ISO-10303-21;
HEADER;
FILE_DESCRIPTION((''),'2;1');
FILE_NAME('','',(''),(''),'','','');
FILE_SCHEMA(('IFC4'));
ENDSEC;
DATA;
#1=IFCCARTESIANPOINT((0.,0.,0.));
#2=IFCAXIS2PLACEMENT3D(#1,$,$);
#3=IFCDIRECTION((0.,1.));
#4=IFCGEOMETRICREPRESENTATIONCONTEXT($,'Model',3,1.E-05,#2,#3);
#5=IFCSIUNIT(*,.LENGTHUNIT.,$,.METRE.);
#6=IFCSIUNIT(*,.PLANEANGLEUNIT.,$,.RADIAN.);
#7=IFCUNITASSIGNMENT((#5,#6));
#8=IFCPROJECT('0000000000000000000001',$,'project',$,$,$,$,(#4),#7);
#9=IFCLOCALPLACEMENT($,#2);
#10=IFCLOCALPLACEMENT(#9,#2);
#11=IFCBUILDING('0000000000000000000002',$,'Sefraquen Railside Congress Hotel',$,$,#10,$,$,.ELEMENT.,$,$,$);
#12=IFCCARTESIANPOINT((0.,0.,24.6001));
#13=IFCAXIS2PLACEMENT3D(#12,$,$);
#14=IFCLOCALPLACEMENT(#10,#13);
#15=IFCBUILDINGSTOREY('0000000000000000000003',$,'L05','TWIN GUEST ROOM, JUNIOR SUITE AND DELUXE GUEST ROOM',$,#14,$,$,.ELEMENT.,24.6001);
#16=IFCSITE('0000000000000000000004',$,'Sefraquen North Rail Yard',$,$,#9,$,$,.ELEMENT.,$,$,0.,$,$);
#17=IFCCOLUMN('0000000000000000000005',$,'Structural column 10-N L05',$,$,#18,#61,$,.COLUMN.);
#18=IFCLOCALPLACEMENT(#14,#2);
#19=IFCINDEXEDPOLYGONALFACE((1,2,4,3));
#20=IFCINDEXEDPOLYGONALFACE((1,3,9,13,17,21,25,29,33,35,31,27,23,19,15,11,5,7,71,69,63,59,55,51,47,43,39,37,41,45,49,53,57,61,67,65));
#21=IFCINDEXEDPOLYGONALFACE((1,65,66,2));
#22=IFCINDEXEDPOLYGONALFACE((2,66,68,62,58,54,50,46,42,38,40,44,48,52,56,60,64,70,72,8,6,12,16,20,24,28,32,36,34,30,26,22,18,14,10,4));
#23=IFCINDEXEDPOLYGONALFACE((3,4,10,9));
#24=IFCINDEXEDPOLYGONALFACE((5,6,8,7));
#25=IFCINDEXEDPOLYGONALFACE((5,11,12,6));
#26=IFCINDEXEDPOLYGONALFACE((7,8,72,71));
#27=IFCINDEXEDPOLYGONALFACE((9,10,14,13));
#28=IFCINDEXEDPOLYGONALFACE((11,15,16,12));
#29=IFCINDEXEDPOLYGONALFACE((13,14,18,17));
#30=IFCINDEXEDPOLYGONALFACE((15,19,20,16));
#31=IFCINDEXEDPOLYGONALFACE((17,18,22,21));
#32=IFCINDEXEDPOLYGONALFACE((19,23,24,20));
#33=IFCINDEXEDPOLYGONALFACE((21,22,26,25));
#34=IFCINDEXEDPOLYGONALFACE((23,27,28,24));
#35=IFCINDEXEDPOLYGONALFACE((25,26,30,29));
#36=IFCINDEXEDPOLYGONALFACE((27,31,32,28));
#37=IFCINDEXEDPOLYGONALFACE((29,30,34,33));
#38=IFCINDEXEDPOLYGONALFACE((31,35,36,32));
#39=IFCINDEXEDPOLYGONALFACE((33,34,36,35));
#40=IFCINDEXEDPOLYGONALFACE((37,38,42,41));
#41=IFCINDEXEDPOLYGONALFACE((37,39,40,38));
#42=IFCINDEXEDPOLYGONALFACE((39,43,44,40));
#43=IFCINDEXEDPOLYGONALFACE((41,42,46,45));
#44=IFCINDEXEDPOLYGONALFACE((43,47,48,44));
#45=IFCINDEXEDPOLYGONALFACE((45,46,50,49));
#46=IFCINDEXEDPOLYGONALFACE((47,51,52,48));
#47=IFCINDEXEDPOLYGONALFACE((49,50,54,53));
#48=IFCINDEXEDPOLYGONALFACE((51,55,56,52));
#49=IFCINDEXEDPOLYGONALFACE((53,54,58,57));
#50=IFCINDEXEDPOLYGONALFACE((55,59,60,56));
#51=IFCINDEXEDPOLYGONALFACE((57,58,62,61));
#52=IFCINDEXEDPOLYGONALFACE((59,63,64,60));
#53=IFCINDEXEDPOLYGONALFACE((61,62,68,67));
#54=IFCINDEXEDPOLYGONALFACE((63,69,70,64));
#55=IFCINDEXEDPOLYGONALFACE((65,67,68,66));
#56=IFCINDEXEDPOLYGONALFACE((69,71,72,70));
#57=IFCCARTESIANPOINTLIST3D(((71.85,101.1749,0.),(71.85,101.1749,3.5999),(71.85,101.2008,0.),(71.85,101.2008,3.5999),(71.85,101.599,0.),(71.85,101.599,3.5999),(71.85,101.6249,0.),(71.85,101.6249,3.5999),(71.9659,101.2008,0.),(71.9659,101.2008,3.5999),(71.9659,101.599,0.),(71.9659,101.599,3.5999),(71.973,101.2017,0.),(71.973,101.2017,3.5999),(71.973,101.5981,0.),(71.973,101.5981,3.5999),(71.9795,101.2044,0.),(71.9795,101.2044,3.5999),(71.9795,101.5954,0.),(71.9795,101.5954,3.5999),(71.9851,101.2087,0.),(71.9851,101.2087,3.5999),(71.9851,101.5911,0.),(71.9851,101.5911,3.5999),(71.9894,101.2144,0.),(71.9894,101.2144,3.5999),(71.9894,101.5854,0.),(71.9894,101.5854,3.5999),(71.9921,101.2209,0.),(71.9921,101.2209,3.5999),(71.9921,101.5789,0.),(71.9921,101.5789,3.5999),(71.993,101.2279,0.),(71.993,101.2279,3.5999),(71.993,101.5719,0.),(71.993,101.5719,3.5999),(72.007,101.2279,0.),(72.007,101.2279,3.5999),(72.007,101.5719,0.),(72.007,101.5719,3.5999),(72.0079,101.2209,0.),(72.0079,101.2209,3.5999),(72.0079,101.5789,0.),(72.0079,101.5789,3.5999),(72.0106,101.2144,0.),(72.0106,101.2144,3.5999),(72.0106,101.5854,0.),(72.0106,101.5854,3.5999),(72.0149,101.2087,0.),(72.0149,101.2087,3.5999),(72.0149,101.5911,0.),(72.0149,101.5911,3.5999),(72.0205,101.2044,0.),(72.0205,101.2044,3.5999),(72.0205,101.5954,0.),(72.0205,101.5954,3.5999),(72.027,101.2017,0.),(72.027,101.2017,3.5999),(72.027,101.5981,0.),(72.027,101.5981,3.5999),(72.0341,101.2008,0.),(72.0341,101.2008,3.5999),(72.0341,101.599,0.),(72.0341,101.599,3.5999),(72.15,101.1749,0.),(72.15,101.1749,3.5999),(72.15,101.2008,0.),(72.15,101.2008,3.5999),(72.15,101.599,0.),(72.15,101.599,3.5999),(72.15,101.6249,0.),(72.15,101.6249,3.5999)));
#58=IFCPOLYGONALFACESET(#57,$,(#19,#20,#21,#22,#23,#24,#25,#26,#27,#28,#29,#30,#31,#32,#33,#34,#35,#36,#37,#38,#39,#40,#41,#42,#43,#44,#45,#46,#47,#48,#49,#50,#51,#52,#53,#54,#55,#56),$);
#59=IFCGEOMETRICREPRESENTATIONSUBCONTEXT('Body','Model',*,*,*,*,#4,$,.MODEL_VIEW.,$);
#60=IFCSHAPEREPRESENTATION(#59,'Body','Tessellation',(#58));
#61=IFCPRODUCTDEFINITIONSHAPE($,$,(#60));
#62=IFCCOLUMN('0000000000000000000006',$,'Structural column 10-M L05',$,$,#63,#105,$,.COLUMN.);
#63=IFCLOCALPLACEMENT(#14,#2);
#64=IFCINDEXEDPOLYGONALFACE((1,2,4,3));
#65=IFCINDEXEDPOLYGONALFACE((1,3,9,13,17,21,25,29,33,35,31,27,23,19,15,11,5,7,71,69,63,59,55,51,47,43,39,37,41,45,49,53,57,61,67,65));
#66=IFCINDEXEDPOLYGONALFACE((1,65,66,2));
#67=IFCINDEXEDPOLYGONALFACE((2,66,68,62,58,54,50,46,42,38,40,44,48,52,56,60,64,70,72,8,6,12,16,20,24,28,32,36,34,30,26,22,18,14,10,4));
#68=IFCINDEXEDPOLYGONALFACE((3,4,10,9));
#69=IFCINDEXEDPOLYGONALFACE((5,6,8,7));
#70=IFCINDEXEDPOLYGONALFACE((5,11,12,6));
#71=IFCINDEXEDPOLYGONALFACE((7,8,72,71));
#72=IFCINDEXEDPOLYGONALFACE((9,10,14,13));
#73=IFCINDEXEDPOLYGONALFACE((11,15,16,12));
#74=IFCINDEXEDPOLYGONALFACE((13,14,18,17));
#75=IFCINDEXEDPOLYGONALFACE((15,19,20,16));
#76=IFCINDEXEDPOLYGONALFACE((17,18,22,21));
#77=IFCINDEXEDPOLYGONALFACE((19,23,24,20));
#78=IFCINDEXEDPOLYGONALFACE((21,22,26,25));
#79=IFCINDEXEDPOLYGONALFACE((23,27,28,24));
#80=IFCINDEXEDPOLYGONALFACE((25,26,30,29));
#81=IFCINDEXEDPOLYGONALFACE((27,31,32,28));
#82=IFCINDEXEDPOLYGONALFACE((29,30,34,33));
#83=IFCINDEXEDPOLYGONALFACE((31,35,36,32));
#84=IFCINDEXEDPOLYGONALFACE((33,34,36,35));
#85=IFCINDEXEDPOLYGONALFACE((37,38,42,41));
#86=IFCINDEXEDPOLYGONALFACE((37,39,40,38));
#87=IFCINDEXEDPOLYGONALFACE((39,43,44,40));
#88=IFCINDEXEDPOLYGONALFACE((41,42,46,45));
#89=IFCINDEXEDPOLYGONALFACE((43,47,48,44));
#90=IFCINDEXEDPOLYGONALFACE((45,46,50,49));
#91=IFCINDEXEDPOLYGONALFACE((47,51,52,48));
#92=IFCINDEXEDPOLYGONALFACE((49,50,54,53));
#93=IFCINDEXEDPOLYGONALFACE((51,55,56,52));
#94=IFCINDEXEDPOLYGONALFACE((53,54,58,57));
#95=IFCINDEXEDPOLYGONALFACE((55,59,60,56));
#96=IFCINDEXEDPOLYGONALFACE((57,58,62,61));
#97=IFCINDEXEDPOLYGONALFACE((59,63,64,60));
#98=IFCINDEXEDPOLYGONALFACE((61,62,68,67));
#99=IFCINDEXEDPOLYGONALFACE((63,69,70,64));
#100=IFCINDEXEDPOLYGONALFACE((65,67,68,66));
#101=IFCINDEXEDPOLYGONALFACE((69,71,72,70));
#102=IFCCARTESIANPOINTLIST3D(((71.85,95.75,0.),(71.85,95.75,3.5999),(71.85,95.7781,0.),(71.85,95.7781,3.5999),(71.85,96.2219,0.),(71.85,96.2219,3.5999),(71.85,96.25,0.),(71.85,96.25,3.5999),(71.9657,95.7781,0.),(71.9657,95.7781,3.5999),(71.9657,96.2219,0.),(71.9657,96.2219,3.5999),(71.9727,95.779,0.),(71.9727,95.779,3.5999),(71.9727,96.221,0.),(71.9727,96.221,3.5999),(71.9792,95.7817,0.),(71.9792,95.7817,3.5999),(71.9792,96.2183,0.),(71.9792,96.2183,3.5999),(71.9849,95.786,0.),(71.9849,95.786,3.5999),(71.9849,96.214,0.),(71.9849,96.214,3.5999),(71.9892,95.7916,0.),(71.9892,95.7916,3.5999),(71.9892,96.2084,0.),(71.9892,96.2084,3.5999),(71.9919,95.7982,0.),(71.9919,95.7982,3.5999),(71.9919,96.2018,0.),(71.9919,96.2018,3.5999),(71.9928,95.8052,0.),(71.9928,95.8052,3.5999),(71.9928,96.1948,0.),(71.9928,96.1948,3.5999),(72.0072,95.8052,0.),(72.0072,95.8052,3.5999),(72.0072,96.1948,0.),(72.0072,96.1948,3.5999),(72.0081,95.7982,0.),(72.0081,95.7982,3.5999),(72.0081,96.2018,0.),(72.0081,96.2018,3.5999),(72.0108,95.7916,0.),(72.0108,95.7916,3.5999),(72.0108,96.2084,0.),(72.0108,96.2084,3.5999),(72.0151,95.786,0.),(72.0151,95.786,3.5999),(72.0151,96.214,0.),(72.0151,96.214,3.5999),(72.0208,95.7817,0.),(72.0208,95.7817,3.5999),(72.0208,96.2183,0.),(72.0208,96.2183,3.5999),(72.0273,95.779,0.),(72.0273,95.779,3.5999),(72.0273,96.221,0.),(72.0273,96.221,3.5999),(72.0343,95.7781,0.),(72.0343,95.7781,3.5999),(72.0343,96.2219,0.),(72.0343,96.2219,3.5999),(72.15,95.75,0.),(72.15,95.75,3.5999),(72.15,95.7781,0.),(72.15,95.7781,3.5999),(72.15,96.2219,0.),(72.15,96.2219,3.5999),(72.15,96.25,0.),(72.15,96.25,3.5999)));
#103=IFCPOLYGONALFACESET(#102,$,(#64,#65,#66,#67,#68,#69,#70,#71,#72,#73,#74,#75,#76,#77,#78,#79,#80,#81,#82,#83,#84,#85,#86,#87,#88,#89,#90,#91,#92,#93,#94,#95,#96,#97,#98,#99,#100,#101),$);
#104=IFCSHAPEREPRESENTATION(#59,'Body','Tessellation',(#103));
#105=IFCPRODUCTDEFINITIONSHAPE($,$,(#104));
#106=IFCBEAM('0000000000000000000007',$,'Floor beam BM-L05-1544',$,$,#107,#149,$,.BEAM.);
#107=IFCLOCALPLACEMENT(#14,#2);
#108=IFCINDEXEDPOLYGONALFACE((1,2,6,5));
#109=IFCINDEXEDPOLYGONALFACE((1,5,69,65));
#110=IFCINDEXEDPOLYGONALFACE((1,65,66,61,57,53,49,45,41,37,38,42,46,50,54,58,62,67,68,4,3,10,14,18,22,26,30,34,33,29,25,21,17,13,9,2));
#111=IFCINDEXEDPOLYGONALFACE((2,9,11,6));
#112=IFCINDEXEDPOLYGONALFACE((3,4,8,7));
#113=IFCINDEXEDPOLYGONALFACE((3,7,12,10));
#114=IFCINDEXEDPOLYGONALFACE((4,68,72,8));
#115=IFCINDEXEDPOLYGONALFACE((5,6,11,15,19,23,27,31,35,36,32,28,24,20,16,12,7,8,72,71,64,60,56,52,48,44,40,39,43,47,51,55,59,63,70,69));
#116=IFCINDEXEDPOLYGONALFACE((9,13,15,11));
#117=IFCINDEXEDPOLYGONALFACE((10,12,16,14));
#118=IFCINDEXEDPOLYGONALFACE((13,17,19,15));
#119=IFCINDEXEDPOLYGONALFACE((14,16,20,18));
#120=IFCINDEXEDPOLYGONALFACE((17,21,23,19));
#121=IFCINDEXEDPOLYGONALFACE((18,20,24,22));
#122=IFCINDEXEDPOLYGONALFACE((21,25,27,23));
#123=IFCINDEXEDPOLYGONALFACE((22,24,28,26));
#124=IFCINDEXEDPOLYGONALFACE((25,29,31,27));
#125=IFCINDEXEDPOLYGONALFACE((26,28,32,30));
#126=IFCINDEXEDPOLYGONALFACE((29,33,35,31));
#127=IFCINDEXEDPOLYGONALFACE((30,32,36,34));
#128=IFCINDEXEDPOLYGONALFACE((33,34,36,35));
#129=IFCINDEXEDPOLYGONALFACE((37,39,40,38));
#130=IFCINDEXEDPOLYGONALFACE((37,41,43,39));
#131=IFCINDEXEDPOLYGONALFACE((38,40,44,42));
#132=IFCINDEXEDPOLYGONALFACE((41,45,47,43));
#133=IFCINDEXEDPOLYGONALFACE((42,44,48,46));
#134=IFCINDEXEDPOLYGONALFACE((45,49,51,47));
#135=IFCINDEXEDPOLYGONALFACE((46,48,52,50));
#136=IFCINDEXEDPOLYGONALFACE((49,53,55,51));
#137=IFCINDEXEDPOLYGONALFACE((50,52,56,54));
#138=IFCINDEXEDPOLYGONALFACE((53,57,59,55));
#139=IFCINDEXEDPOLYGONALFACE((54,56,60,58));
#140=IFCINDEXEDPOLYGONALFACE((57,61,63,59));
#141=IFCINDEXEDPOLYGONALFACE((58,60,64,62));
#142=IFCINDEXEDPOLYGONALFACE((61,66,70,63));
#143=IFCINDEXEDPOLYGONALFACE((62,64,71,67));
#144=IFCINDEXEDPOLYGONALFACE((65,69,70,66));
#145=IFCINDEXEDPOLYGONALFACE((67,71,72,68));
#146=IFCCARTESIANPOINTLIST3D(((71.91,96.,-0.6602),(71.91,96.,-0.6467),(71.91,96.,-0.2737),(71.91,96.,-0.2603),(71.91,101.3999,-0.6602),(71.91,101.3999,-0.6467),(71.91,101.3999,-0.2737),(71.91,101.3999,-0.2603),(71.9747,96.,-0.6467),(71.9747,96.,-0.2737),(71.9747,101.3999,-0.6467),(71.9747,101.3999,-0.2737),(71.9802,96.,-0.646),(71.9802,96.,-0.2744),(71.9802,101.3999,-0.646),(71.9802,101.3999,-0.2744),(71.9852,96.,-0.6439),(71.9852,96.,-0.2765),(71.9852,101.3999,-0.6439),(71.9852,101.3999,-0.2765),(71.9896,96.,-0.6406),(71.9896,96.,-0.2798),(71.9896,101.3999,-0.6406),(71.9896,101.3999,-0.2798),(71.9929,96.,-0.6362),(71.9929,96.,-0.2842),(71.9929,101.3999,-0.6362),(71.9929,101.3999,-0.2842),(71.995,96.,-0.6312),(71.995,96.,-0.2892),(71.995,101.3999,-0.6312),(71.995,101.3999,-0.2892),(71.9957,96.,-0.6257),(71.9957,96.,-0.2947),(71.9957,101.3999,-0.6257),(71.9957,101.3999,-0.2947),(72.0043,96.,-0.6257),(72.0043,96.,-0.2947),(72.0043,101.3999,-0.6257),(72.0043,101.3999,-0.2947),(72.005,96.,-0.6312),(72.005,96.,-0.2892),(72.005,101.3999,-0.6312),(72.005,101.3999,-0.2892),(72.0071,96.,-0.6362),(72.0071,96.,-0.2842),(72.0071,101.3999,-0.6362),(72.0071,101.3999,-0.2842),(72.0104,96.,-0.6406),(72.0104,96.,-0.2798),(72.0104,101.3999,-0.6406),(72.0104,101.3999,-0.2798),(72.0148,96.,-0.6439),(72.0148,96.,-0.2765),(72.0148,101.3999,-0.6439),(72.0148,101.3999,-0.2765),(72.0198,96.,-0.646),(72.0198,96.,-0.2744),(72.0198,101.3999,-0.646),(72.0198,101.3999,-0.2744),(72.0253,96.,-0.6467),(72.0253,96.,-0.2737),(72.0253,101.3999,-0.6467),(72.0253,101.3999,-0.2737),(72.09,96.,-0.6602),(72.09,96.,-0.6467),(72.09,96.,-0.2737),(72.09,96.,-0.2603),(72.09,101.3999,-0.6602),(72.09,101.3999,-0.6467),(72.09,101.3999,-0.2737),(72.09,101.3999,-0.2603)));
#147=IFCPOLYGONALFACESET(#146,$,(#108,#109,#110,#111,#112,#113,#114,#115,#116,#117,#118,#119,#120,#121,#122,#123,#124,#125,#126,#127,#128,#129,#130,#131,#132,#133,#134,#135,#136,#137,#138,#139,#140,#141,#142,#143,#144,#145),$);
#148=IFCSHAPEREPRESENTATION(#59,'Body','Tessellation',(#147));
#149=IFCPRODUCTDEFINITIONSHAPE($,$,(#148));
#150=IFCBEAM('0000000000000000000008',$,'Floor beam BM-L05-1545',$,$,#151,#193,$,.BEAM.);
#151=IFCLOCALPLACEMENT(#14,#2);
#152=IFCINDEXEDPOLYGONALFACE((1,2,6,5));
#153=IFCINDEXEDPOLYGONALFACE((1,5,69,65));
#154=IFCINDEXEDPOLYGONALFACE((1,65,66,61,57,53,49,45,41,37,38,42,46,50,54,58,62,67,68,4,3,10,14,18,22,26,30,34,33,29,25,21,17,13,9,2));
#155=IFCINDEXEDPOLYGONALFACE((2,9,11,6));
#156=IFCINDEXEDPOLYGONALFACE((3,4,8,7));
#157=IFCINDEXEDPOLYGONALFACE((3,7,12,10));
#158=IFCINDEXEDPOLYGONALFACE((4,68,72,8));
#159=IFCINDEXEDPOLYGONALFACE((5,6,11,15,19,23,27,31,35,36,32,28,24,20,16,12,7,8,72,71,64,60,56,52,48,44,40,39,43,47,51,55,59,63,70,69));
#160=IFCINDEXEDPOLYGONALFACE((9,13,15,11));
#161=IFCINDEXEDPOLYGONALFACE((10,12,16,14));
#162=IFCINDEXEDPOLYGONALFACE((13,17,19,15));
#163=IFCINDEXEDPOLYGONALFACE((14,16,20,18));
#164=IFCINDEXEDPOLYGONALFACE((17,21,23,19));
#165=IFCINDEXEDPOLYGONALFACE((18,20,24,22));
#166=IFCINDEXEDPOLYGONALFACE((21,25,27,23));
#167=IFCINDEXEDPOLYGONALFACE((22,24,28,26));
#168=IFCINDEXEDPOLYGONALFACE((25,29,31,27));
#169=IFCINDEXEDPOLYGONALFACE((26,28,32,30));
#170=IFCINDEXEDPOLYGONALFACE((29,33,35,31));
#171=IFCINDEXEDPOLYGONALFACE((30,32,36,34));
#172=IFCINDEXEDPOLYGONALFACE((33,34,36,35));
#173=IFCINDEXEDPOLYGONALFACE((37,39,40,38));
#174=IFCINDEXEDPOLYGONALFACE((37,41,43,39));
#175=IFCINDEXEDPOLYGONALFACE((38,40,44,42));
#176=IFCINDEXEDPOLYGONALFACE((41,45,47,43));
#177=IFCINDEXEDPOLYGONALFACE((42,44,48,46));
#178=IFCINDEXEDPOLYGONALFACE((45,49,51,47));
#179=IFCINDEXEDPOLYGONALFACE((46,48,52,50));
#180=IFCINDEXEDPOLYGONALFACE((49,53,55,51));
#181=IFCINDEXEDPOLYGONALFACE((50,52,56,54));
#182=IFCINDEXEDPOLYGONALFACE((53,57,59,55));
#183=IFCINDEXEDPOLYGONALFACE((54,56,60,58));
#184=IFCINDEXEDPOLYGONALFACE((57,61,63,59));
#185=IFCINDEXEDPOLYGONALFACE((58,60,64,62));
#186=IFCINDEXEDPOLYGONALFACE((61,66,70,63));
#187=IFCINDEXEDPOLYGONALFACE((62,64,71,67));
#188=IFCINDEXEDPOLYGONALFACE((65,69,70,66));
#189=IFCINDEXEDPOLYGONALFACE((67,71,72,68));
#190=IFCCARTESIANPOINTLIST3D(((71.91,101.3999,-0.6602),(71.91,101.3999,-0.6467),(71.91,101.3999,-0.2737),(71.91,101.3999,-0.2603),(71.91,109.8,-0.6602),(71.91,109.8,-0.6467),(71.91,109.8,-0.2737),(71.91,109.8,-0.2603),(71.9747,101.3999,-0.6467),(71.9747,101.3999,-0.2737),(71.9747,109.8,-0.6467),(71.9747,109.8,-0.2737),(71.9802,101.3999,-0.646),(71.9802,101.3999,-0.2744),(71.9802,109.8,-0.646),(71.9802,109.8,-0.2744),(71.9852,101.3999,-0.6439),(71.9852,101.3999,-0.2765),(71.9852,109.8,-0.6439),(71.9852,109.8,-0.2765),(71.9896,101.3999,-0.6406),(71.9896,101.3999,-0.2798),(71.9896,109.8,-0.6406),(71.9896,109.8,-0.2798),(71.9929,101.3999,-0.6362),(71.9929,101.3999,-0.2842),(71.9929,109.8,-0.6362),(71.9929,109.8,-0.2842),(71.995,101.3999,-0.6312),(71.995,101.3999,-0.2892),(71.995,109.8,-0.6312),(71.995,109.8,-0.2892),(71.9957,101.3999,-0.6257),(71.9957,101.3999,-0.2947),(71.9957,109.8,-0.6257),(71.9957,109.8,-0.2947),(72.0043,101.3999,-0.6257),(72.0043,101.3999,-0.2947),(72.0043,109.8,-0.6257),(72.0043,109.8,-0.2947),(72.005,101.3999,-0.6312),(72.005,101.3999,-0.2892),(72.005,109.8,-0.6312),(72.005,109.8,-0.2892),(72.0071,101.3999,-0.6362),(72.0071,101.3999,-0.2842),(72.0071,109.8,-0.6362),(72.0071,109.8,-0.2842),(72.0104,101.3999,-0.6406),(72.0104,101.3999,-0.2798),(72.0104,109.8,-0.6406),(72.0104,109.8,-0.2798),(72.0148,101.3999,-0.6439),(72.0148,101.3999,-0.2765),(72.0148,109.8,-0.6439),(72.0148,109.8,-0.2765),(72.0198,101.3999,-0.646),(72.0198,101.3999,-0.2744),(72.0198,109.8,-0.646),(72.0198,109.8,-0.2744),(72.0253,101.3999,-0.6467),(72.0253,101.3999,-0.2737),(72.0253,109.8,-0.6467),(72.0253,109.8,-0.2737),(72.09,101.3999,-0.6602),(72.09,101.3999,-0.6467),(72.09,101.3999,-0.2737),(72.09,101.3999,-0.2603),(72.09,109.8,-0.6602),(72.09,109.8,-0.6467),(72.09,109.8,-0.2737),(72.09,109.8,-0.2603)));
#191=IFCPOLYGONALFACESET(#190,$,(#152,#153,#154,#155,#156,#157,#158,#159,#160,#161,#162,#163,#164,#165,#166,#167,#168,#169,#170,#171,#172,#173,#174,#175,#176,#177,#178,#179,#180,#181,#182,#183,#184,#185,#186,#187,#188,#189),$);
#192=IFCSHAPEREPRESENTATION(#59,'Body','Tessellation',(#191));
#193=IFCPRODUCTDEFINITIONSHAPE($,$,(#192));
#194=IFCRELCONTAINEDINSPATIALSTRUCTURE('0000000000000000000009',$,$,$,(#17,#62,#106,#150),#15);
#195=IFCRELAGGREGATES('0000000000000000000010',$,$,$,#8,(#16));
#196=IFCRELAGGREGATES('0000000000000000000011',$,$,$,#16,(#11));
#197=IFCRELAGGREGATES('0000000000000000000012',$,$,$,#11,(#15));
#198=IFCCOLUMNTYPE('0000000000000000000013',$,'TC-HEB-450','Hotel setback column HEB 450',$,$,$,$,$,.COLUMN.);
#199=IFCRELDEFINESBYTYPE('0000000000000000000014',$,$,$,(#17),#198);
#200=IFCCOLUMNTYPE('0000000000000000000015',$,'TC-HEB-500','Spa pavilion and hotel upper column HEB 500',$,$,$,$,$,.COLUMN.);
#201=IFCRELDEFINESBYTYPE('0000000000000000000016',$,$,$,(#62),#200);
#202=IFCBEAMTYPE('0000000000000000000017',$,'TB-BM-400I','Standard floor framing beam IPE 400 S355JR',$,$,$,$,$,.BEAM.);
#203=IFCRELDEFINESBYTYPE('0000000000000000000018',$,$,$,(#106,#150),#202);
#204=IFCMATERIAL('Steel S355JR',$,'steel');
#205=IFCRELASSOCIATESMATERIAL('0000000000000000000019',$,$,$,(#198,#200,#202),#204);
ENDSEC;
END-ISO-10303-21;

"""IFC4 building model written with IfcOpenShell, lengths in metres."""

from ifc_helpers import new_model, si_unit, direction, frame, origin, origin_2d, place, context, subcontext, project, spatial, i_section, extrude, material, material_profile, profile_set, type_object, element, save


model = new_model("IFC4")

# Units and contexts
model_context = context("Model", 3, precision=1e-05, world=origin(), true_north=direction((0.0, 1.0)))
body_context = subcontext(model_context, "Body", "Model", "MODEL_VIEW")
ifc_project = project(units=[si_unit("LENGTHUNIT", "METRE"), si_unit("PLANEANGLEUNIT", "RADIAN")], contexts=[model_context])

# Site, building, storey
site_placement = place(None, origin())
site = spatial("IfcSite", under=ifc_project, at=site_placement, Name="Sefraquen North Rail Yard", CompositionType="ELEMENT", RefElevation=0.0)
building_placement = place(site_placement, origin())
building = spatial("IfcBuilding", under=site, at=building_placement, Name="Sefraquen Railside Congress Hotel", CompositionType="ELEMENT")
storey_placement = place(building_placement, frame((0.0, 0.0, 24.6001)))
storey = spatial("IfcBuildingStorey", under=building, at=storey_placement, Name="L05", Description="TWIN GUEST ROOM, JUNIOR SUITE AND DELUXE GUEST ROOM", CompositionType="ELEMENT", Elevation=24.6001)

# Columns
ifc_material_1 = material(Name="Steel S355JR", Category="steel")
ifc_material_profile_1 = material_profile(ifc_material_1, i_section(OverallWidth=0.3, OverallDepth=0.45, WebThickness=0.0139, FlangeThickness=0.0259, FilletRadius=0.0271, at=origin_2d()), Name="HEB 450")
ifc_profile_set_1 = profile_set([ifc_material_profile_1], Name="Steel S355JR")
column_type_1 = type_object("IfcColumnType", Name="TC-HEB-450", Description="Hotel setback column HEB 450", PredefinedType="COLUMN", material=ifc_profile_set_1)
column_1_placement = place(storey_placement, frame((72.0, 101.3999, 0.0), z_axis=(0.0, 0.0, 1.0), x_axis=(1.0, 0.0, 0.0)))
element("IfcColumn", 1, at=column_1_placement, inside=storey, type_object=column_type_1, Name="Structural column 10-N L05", PredefinedType="COLUMN", context=body_context, shape_type="SweptSolid", body=[
    extrude(i_section(OverallWidth=0.3, OverallDepth=0.45, WebThickness=0.0139, FlangeThickness=0.0259, FilletRadius=0.0271, at=origin_2d()), origin(), (0.0, 0.0, 1.0), 3.5999),
])
ifc_material_profile_2 = material_profile(ifc_material_1, i_section(OverallWidth=0.3, OverallDepth=0.5, WebThickness=0.0144, FlangeThickness=0.0281, FilletRadius=0.0271, at=origin_2d()), Name="HEB 500")
ifc_profile_set_2 = profile_set([ifc_material_profile_2], Name="Steel S355JR")
column_type_2 = type_object("IfcColumnType", Name="TC-HEB-500", Description="Spa pavilion and hotel upper column HEB 500", PredefinedType="COLUMN", material=ifc_profile_set_2)
column_2_placement = place(storey_placement, frame((72.0, 96.0, 0.0), z_axis=(0.0, 0.0, 1.0), x_axis=(1.0, 0.0, 0.0)))
element("IfcColumn", 2, at=column_2_placement, inside=storey, type_object=column_type_2, Name="Structural column 10-M L05", PredefinedType="COLUMN", context=body_context, shape_type="SweptSolid", body=[
    extrude(i_section(OverallWidth=0.3, OverallDepth=0.5, WebThickness=0.0144, FlangeThickness=0.0281, FilletRadius=0.0271, at=origin_2d()), origin(), (0.0, 0.0, 1.0), 3.5999),
])

# Beams
ifc_material_profile_3 = material_profile(ifc_material_1, i_section(OverallWidth=0.1799, OverallDepth=0.3999, WebThickness=0.0085, FlangeThickness=0.0134, FilletRadius=0.021, at=origin_2d()), Name="IPE 400")
ifc_profile_set_3 = profile_set([ifc_material_profile_3], Name="Steel S355JR")
beam_type_1 = type_object("IfcBeamType", Name="TB-BM-400I", Description="Standard floor framing beam IPE 400 S355JR", PredefinedType="BEAM", material=ifc_profile_set_3)
beam_1_placement = place(storey_placement, frame((72.0, 96.0, -0.4602), z_axis=(0.0, 1.0, 0.0), x_axis=(-1.0, 0.0, 0.0)))
element("IfcBeam", 3, at=beam_1_placement, inside=storey, type_object=beam_type_1, Name="Floor beam BM-L05-1544", PredefinedType="BEAM", context=body_context, shape_type="SweptSolid", body=[
    extrude(i_section(OverallWidth=0.1799, OverallDepth=0.3999, WebThickness=0.0085, FlangeThickness=0.0134, FilletRadius=0.021, at=origin_2d()), origin(), (0.0, 0.0, 1.0), 5.3999),
])
beam_2_placement = place(storey_placement, frame((72.0, 101.3999, -0.4602), z_axis=(0.0, 1.0, 0.0), x_axis=(-1.0, 0.0, 0.0)))
element("IfcBeam", 4, at=beam_2_placement, inside=storey, type_object=beam_type_1, Name="Floor beam BM-L05-1545", PredefinedType="BEAM", context=body_context, shape_type="SweptSolid", body=[
    extrude(i_section(OverallWidth=0.1799, OverallDepth=0.3999, WebThickness=0.0085, FlangeThickness=0.0134, FilletRadius=0.021, at=origin_2d()), origin(), (0.0, 0.0, 1.0), 8.4001),
])

save(model, "model.ifc")
